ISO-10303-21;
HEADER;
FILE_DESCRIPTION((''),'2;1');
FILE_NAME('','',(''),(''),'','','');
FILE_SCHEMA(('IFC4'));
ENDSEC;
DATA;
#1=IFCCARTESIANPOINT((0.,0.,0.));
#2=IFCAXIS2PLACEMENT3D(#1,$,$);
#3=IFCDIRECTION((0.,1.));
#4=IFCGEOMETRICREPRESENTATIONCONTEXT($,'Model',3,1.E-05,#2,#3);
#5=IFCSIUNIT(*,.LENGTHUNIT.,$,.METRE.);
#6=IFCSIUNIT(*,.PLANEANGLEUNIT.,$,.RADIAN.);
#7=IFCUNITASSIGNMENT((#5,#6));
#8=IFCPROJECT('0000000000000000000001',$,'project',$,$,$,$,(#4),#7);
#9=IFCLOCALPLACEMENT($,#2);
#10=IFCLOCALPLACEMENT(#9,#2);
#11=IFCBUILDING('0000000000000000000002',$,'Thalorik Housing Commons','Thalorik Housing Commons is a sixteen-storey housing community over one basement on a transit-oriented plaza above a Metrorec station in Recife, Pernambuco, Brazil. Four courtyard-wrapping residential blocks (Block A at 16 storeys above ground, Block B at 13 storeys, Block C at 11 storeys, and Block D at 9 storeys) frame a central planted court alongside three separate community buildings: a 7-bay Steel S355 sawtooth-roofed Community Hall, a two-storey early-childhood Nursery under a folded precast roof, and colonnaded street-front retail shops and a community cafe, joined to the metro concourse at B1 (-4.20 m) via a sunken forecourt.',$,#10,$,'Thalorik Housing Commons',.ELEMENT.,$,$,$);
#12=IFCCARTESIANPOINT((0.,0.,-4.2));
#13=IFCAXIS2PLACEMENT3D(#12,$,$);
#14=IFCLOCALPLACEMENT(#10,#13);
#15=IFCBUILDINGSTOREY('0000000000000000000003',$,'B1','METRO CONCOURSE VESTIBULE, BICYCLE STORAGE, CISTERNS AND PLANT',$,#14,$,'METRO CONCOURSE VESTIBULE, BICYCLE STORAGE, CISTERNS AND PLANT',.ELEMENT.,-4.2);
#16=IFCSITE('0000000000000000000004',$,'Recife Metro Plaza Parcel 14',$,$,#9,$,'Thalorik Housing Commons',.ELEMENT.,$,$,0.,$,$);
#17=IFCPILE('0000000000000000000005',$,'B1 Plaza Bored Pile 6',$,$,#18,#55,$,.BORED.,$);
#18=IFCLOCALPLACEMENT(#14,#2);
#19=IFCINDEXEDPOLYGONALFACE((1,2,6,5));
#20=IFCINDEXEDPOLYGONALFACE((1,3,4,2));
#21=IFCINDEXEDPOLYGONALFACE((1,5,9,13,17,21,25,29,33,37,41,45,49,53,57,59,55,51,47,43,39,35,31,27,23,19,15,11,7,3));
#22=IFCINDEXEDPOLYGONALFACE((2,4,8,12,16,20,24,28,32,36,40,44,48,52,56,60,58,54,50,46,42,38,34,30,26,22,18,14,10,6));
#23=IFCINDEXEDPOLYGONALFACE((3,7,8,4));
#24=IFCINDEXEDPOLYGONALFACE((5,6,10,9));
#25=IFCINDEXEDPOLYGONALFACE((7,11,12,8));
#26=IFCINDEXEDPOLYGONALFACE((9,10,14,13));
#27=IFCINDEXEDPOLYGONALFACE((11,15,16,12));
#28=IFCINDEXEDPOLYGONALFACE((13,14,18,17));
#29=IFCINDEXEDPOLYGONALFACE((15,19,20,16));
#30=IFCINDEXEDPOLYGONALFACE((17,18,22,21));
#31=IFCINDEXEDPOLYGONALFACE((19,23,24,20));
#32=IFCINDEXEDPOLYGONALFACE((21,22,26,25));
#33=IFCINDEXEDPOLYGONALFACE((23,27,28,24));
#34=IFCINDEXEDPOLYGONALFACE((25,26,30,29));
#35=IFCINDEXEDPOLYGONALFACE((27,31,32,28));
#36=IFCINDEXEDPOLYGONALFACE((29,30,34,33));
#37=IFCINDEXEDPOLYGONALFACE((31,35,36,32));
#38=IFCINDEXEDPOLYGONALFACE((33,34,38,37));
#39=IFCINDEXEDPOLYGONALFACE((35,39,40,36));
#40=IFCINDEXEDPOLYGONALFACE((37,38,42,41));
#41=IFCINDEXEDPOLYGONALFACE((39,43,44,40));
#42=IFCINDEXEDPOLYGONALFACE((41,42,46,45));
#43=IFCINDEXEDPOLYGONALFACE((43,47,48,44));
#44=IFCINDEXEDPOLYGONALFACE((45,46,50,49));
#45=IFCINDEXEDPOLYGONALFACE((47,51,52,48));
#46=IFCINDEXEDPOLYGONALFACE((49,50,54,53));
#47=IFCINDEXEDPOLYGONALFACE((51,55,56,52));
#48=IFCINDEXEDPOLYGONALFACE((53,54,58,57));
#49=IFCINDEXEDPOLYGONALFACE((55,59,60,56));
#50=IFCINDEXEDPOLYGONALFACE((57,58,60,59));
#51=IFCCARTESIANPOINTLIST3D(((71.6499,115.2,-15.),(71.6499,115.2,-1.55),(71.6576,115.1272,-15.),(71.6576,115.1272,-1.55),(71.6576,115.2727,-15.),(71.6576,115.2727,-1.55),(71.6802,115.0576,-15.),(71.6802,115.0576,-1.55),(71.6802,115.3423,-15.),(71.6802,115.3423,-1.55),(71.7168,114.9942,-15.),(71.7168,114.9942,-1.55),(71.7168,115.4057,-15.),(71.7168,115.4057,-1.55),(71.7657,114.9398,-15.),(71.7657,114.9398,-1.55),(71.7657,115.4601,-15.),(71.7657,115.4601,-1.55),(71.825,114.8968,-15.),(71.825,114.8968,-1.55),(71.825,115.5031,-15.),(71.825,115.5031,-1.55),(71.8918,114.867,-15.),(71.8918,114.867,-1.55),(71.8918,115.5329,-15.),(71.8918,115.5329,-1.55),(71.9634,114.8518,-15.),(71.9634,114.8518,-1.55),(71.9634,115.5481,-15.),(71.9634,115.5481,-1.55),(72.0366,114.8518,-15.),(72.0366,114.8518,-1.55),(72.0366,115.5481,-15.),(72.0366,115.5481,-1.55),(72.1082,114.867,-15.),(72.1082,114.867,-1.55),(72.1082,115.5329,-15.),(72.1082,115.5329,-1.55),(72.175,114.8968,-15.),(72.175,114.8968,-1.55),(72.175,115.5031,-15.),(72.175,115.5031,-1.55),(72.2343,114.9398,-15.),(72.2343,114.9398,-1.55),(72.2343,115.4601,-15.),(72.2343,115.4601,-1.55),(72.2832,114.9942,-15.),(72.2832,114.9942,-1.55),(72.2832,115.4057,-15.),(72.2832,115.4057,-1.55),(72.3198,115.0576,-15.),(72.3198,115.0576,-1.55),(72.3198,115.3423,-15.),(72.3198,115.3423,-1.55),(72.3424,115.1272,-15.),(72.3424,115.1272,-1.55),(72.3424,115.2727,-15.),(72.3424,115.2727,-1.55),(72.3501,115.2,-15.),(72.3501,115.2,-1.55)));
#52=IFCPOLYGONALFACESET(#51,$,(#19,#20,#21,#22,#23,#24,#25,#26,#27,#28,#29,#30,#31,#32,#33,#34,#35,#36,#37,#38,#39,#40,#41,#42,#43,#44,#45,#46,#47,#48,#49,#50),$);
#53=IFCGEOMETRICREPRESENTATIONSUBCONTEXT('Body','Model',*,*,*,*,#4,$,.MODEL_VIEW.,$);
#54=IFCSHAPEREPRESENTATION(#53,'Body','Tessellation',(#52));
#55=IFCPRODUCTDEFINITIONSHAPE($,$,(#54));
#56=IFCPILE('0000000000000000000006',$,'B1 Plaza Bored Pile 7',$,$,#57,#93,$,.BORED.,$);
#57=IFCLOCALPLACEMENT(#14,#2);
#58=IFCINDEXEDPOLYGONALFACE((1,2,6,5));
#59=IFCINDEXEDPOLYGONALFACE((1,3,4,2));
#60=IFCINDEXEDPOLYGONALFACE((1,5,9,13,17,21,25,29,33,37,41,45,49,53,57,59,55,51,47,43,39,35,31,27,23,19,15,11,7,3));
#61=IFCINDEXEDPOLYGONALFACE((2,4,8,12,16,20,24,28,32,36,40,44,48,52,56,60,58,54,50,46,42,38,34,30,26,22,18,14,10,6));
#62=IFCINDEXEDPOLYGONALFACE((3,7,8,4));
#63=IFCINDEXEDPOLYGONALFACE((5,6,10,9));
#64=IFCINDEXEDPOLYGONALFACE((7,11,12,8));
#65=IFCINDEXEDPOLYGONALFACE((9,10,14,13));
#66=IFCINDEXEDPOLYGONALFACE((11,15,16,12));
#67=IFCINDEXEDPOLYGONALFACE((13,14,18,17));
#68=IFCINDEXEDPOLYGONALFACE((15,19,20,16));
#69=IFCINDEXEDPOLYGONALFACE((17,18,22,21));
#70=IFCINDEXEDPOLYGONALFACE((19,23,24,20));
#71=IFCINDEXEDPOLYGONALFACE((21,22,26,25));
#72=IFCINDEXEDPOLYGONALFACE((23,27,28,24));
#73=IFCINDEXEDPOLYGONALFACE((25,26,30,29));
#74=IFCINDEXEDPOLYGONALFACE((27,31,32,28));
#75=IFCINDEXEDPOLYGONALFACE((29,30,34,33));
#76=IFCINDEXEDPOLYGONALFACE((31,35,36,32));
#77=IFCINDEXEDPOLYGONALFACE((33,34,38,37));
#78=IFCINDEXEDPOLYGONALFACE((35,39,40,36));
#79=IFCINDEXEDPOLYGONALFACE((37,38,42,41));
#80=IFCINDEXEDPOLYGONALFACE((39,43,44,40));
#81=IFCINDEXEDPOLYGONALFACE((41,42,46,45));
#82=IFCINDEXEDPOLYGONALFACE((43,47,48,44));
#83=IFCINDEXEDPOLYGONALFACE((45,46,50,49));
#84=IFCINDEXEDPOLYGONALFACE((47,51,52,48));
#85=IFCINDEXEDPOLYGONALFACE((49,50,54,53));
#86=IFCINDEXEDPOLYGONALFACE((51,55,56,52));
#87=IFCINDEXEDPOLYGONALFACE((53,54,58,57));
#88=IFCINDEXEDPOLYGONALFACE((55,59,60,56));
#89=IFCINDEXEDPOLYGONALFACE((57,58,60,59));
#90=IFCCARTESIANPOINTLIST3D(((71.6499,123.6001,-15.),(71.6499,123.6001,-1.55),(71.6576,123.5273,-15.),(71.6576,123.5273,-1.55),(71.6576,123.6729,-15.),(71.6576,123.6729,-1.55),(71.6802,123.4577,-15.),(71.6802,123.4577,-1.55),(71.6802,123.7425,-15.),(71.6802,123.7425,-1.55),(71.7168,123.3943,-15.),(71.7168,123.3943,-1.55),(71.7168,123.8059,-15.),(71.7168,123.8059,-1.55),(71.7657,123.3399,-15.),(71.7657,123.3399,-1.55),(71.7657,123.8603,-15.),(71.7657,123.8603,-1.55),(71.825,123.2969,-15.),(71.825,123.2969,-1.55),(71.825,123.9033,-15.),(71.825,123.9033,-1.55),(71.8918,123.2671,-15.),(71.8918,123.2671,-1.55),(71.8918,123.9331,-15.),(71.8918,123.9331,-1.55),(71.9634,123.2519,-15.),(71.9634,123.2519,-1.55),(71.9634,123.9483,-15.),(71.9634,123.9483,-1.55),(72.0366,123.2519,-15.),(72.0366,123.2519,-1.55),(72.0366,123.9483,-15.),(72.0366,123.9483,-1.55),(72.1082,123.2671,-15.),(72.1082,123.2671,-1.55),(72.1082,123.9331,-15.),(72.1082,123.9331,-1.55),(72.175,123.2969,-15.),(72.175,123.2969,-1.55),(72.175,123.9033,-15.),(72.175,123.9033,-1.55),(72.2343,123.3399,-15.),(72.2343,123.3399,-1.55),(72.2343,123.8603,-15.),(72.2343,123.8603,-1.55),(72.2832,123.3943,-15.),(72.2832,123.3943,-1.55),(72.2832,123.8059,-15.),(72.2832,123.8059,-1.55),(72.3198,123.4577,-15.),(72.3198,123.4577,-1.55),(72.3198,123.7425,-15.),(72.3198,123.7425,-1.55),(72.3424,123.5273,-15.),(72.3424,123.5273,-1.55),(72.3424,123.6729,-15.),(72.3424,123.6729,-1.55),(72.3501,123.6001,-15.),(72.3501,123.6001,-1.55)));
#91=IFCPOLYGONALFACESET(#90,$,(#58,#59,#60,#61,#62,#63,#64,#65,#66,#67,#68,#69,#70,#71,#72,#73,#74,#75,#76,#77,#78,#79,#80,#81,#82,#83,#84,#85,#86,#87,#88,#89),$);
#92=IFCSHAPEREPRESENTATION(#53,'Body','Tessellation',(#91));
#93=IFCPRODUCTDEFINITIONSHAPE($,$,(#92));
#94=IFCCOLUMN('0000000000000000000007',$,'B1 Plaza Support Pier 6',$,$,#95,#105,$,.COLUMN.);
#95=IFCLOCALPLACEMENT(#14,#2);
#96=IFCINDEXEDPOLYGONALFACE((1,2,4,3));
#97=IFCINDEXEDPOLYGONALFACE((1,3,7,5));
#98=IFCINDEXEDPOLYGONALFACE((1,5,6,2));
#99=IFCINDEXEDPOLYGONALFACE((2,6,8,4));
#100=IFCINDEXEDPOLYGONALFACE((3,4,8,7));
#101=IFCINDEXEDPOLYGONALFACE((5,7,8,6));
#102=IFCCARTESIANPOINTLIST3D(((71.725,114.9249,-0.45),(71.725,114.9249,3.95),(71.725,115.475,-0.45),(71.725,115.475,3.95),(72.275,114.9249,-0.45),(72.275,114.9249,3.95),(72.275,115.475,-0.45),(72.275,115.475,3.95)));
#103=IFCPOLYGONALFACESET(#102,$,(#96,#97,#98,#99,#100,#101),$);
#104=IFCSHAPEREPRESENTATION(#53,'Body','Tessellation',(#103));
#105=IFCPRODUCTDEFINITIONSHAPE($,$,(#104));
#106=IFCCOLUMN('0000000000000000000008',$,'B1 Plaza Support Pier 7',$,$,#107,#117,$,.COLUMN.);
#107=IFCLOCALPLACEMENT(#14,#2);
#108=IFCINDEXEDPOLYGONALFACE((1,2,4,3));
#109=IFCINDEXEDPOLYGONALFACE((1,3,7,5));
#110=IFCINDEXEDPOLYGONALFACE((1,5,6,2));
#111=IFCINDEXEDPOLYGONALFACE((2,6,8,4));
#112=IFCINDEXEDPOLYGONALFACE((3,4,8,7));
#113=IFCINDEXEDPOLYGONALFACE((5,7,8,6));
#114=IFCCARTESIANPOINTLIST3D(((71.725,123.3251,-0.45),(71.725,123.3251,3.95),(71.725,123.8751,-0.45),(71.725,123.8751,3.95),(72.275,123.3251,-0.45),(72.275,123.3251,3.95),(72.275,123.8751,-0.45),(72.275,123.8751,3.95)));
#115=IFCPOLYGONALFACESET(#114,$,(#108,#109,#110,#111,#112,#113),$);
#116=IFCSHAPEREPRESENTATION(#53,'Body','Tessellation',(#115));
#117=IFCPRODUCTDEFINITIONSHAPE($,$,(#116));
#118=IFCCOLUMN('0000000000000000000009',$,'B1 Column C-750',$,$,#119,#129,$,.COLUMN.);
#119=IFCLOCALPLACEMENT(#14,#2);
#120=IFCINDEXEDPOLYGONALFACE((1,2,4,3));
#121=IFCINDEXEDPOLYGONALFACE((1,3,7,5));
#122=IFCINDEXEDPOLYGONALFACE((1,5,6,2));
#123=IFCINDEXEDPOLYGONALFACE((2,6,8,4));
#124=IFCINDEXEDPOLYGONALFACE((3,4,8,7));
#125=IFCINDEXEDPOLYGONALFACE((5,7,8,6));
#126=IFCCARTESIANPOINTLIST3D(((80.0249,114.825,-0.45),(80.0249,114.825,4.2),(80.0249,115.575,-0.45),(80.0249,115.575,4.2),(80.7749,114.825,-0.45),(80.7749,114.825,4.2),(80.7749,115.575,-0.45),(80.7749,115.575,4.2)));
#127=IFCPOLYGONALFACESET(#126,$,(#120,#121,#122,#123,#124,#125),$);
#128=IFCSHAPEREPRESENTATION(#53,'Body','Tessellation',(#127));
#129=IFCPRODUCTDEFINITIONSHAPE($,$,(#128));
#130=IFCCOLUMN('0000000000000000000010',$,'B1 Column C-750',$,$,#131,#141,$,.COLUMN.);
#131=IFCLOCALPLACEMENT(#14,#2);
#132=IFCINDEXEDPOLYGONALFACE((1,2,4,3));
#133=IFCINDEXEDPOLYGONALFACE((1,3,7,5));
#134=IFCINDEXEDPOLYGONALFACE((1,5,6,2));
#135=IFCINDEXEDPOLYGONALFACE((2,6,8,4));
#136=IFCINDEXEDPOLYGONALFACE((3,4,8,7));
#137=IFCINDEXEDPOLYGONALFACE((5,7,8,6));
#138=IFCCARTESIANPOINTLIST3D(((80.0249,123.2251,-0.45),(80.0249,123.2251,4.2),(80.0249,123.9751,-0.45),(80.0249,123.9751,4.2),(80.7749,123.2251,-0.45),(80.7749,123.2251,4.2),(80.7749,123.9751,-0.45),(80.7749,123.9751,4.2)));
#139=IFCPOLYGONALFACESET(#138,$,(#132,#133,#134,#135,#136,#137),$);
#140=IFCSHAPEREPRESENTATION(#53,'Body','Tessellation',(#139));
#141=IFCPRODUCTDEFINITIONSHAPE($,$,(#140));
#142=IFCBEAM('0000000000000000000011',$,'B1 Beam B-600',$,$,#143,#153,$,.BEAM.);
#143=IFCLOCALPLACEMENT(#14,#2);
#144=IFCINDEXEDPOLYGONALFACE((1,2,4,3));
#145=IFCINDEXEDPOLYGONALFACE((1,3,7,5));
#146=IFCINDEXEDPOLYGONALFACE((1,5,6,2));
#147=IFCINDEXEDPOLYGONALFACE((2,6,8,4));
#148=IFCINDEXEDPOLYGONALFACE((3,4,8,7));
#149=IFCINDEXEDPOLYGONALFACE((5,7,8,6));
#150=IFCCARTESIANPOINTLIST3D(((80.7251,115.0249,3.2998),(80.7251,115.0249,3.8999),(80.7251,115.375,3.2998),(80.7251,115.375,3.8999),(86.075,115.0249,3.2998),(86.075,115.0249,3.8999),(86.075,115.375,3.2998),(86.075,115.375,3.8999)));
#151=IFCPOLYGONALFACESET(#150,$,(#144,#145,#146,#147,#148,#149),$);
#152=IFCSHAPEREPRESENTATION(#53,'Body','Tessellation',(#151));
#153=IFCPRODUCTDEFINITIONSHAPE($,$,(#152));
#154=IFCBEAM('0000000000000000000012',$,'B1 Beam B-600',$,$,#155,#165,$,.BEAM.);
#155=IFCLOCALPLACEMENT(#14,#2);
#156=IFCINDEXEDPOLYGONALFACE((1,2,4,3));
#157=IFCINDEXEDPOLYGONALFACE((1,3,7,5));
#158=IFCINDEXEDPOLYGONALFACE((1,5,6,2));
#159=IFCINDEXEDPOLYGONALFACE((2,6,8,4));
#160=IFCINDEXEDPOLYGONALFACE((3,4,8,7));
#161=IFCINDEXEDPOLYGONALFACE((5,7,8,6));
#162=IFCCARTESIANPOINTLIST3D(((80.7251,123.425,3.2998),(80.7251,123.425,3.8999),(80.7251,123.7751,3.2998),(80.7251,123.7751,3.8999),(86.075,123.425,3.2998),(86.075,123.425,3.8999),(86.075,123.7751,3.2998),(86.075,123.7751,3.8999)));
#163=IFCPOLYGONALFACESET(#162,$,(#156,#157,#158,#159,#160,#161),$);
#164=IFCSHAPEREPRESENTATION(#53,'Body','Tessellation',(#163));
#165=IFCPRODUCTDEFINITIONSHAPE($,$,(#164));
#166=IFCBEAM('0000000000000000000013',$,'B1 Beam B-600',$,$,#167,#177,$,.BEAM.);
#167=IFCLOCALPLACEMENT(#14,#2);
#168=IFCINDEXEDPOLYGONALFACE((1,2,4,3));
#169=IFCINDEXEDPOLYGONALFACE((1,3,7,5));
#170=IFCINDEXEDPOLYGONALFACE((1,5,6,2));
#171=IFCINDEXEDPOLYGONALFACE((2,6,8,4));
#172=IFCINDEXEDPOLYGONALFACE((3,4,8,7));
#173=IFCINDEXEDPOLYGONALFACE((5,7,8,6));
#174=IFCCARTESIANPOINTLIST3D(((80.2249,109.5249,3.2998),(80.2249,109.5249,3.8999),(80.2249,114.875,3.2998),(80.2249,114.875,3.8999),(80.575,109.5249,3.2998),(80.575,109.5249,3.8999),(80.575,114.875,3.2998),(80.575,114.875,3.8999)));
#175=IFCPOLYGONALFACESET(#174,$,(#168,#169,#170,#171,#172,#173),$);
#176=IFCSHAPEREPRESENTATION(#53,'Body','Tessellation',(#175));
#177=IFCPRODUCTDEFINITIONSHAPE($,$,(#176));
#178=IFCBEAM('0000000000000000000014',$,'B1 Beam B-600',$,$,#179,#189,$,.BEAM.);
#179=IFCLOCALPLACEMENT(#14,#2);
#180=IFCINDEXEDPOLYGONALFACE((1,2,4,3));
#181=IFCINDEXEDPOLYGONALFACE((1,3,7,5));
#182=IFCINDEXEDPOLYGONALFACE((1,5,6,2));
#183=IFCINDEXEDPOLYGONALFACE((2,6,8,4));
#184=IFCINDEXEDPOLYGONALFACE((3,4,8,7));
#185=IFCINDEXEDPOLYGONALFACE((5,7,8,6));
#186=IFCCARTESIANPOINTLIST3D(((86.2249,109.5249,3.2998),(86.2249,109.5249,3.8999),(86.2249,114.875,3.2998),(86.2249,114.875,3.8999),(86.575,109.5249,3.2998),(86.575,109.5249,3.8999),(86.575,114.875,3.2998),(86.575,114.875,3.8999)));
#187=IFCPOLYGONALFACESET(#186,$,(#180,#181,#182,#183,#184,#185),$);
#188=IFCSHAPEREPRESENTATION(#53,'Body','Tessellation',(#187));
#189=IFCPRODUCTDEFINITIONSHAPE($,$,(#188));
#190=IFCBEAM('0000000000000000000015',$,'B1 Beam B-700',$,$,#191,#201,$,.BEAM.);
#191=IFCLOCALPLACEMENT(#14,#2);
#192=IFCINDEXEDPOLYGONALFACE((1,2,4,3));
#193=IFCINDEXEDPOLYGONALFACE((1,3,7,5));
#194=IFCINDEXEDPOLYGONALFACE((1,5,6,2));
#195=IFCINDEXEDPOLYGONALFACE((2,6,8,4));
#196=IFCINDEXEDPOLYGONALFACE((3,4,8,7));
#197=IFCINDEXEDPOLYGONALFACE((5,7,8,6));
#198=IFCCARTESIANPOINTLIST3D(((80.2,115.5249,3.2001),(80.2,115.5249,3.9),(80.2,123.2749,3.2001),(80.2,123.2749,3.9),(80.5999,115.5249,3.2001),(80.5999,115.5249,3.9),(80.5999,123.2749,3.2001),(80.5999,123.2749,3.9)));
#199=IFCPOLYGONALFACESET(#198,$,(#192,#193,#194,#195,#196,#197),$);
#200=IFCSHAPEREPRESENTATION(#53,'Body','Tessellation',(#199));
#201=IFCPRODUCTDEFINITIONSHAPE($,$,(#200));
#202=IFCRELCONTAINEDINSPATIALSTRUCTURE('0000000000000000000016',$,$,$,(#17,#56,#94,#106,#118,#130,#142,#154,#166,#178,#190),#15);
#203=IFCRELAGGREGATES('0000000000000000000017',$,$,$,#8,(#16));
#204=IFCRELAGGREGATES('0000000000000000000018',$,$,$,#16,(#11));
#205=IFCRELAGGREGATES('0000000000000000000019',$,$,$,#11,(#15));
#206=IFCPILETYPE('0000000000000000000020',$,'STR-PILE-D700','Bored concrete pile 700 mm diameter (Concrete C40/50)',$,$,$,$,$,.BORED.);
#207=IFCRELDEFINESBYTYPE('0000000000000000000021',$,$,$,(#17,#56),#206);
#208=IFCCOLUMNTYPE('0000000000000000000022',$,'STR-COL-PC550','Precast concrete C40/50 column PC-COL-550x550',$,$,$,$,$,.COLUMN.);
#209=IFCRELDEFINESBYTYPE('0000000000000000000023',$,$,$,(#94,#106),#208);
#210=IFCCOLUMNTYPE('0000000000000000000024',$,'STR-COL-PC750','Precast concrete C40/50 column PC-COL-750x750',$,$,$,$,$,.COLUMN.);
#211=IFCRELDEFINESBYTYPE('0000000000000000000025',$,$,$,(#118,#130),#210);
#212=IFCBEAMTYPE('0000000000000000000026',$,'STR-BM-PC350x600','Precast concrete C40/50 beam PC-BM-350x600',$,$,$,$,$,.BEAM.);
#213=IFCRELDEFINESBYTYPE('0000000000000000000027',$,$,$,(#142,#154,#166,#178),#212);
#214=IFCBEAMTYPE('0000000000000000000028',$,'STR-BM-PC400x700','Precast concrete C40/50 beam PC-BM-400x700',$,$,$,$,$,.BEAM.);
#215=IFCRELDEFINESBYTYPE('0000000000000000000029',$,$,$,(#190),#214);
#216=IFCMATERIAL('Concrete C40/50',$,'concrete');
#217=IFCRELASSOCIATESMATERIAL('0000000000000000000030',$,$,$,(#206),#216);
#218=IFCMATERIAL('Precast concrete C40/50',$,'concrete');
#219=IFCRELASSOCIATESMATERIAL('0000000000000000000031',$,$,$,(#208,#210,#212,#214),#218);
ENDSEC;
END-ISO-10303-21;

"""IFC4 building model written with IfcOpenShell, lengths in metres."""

from ifc_helpers import new_model, si_unit, direction, frame, origin, origin_2d, place, context, subcontext, project, spatial, rectangle, circle, extrude, material, material_profile, profile_set, type_object, element, save


model = new_model("IFC4")

# Units and contexts
model_context = context("Model", 3, precision=1e-05, world=origin(), true_north=direction((0.0, 1.0)))
body_context = subcontext(model_context, "Body", "Model", "MODEL_VIEW")
ifc_project = project(units=[si_unit("LENGTHUNIT", "METRE"), si_unit("PLANEANGLEUNIT", "RADIAN")], contexts=[model_context])

# Site, building, storey
site_placement = place(None, origin())
site = spatial("IfcSite", under=ifc_project, at=site_placement, Name="Recife Metro Plaza Parcel 14", LongName="Thalorik Housing Commons", CompositionType="ELEMENT", RefElevation=0.0)
building_placement = place(site_placement, origin())
building = spatial("IfcBuilding", under=site, at=building_placement, Name="Thalorik Housing Commons", Description="Thalorik Housing Commons is a sixteen-storey housing community over one basement on a transit-oriented plaza above a Metrorec station in Recife, Pernambuco, Brazil. Four courtyard-wrapping residential blocks (Block A at 16 storeys above ground, Block B at 13 storeys, Block C at 11 storeys, and Block D at 9 storeys) frame a central planted court alongside three separate community buildings: a 7-bay Steel S355 sawtooth-roofed Community Hall, a two-storey early-childhood Nursery under a folded precast roof, and colonnaded street-front retail shops and a community cafe, joined to the metro concourse at B1 (-4.20 m) via a sunken forecourt.", LongName="Thalorik Housing Commons", CompositionType="ELEMENT")
storey_placement = place(building_placement, frame((0.0, 0.0, -4.2)))
storey = spatial("IfcBuildingStorey", under=building, at=storey_placement, Name="B1", Description="METRO CONCOURSE VESTIBULE, BICYCLE STORAGE, CISTERNS AND PLANT", LongName="METRO CONCOURSE VESTIBULE, BICYCLE STORAGE, CISTERNS AND PLANT", CompositionType="ELEMENT", Elevation=-4.2)

# Shared definitions
ifc_material_1 = material(Name="Concrete C40/50", Category="concrete")

# Piles
ifc_material_profile_1 = material_profile(ifc_material_1, circle(Radius=0.3501, at=origin_2d()), Name="BORED PILE D700", Category="concrete")
ifc_profile_set_1 = profile_set([ifc_material_profile_1], Name="Concrete C40/50")
pile_type = type_object("IfcPileType", Name="STR-PILE-D700", Description="Bored concrete pile 700 mm diameter (Concrete C40/50)", PredefinedType="BORED", material=ifc_profile_set_1)
for number, where, z_axis, x_axis, name in (
    (1, (72.0, 115.2, -1.55), (0.0, 0.0, -1.0), (1.0, 0.0, 0.0), "B1 Plaza Bored Pile 6"),
    (2, (72.0, 123.6001, -1.55), (0.0, 0.0, -1.0), (1.0, 0.0, 0.0), "B1 Plaza Bored Pile 7"),
):
    element("IfcPile", number, at=place(storey_placement, frame(where, z_axis=z_axis, x_axis=x_axis)), inside=storey, type_object=pile_type, Name=name, PredefinedType="BORED", context=body_context, shape_type="SweptSolid", body=[
        extrude(circle(Radius=0.3501, at=origin_2d()), origin(), (0.0, 0.0, 1.0), 13.45),
    ])

# Columns
ifc_material_2 = material(Name="Precast concrete C40/50", Category="concrete")
ifc_material_profile_2 = material_profile(ifc_material_2, rectangle(XDim=0.55, YDim=0.55, at=origin_2d()), Name="PC 550x550", Category="concrete")
ifc_profile_set_2 = profile_set([ifc_material_profile_2], Name="Precast concrete C40/50")
column_type_1 = type_object("IfcColumnType", Name="STR-COL-PC550", Description="Precast concrete C40/50 column PC-COL-550x550", PredefinedType="COLUMN", material=ifc_profile_set_2)
for number, where, z_axis, x_axis, name in (
    (3, (72.0, 115.2, -0.45), (0.0, 0.0, 1.0), (1.0, 0.0, 0.0), "B1 Plaza Support Pier 6"),
    (4, (72.0, 123.6001, -0.45), (0.0, 0.0, 1.0), (1.0, 0.0, 0.0), "B1 Plaza Support Pier 7"),
):
    element("IfcColumn", number, at=place(storey_placement, frame(where, z_axis=z_axis, x_axis=x_axis)), inside=storey, type_object=column_type_1, Name=name, PredefinedType="COLUMN", context=body_context, shape_type="SweptSolid", body=[
        extrude(rectangle(XDim=0.55, YDim=0.55, at=origin_2d()), origin(), (0.0, 0.0, 1.0), 4.3999),
    ])
ifc_material_profile_3 = material_profile(ifc_material_2, rectangle(XDim=0.75, YDim=0.75, at=origin_2d()), Name="PC 750x750", Category="concrete")
ifc_profile_set_3 = profile_set([ifc_material_profile_3], Name="Precast concrete C40/50")
column_type_2 = type_object("IfcColumnType", Name="STR-COL-PC750", Description="Precast concrete C40/50 column PC-COL-750x750", PredefinedType="COLUMN", material=ifc_profile_set_3)
for number, where, z_axis, x_axis, name in (
    (5, (80.3999, 115.2, -0.45), (0.0, 0.0, 1.0), (1.0, 0.0, 0.0), "B1 Column C-750"),
    (6, (80.3999, 123.6001, -0.45), (0.0, 0.0, 1.0), (1.0, 0.0, 0.0), "B1 Column C-750"),
):
    element("IfcColumn", number, at=place(storey_placement, frame(where, z_axis=z_axis, x_axis=x_axis)), inside=storey, type_object=column_type_2, Name=name, PredefinedType="COLUMN", context=body_context, shape_type="SweptSolid", body=[
        extrude(rectangle(XDim=0.75, YDim=0.75, at=origin_2d()), origin(), (0.0, 0.0, 1.0), 4.6499),
    ])

# Beams
ifc_material_profile_4 = material_profile(ifc_material_2, rectangle(XDim=0.3501, YDim=0.6001, at=origin_2d()), Name="PC 350x600", Category="concrete")
ifc_profile_set_4 = profile_set([ifc_material_profile_4], Name="Precast concrete C40/50")
beam_type_1 = type_object("IfcBeamType", Name="STR-BM-PC350x600", Description="Precast concrete C40/50 beam PC-BM-350x600", PredefinedType="BEAM", material=ifc_profile_set_4)
for number, where, z_axis, x_axis, name in (
    (7, (80.7251, 115.2, 3.5999), (1.0, 0.0, 0.0), (0.0, 1.0, 0.0), "B1 Beam B-600"),
    (8, (80.7251, 123.6001, 3.5999), (1.0, 0.0, 0.0), (0.0, 1.0, 0.0), "B1 Beam B-600"),
):
    element("IfcBeam", number, at=place(storey_placement, frame(where, z_axis=z_axis, x_axis=x_axis)), inside=storey, type_object=beam_type_1, Name=name, PredefinedType="BEAM", context=body_context, shape_type="SweptSolid", body=[
        extrude(rectangle(XDim=0.3501, YDim=0.6001, at=origin_2d()), origin(), (0.0, 0.0, 1.0), 5.3499),
    ])
for number, where, z_axis, x_axis, name in (
    (9, (80.3999, 109.5249, 3.5999), (0.0, 1.0, 0.0), (-1.0, 0.0, 0.0), "B1 Beam B-600"),
    (10, (86.3999, 109.5249, 3.5999), (0.0, 1.0, 0.0), (-1.0, 0.0, 0.0), "B1 Beam B-600"),
):
    element("IfcBeam", number, at=place(storey_placement, frame(where, z_axis=z_axis, x_axis=x_axis)), inside=storey, type_object=beam_type_1, Name=name, PredefinedType="BEAM", context=body_context, shape_type="SweptSolid", body=[
        extrude(rectangle(XDim=0.3501, YDim=0.6001, at=origin_2d()), origin(), (0.0, 0.0, 1.0), 5.3501),
    ])
ifc_material_profile_5 = material_profile(ifc_material_2, rectangle(XDim=0.3999, YDim=0.7, at=origin_2d()), Name="PC 400x700", Category="concrete")
ifc_profile_set_5 = profile_set([ifc_material_profile_5], Name="Precast concrete C40/50")
beam_type_2 = type_object("IfcBeamType", Name="STR-BM-PC400x700", Description="Precast concrete C40/50 beam PC-BM-400x700", PredefinedType="BEAM", material=ifc_profile_set_5)
beam_1_placement = place(storey_placement, frame((80.3999, 115.5249, 3.55), z_axis=(0.0, 1.0, 0.0), x_axis=(-1.0, 0.0, 0.0)))
element("IfcBeam", 11, at=beam_1_placement, inside=storey, type_object=beam_type_2, Name="B1 Beam B-700", PredefinedType="BEAM", context=body_context, shape_type="SweptSolid", body=[
    extrude(rectangle(XDim=0.3999, YDim=0.7, at=origin_2d()), origin(), (0.0, 0.0, 1.0), 7.75),
])

save(model, "model.ifc")
